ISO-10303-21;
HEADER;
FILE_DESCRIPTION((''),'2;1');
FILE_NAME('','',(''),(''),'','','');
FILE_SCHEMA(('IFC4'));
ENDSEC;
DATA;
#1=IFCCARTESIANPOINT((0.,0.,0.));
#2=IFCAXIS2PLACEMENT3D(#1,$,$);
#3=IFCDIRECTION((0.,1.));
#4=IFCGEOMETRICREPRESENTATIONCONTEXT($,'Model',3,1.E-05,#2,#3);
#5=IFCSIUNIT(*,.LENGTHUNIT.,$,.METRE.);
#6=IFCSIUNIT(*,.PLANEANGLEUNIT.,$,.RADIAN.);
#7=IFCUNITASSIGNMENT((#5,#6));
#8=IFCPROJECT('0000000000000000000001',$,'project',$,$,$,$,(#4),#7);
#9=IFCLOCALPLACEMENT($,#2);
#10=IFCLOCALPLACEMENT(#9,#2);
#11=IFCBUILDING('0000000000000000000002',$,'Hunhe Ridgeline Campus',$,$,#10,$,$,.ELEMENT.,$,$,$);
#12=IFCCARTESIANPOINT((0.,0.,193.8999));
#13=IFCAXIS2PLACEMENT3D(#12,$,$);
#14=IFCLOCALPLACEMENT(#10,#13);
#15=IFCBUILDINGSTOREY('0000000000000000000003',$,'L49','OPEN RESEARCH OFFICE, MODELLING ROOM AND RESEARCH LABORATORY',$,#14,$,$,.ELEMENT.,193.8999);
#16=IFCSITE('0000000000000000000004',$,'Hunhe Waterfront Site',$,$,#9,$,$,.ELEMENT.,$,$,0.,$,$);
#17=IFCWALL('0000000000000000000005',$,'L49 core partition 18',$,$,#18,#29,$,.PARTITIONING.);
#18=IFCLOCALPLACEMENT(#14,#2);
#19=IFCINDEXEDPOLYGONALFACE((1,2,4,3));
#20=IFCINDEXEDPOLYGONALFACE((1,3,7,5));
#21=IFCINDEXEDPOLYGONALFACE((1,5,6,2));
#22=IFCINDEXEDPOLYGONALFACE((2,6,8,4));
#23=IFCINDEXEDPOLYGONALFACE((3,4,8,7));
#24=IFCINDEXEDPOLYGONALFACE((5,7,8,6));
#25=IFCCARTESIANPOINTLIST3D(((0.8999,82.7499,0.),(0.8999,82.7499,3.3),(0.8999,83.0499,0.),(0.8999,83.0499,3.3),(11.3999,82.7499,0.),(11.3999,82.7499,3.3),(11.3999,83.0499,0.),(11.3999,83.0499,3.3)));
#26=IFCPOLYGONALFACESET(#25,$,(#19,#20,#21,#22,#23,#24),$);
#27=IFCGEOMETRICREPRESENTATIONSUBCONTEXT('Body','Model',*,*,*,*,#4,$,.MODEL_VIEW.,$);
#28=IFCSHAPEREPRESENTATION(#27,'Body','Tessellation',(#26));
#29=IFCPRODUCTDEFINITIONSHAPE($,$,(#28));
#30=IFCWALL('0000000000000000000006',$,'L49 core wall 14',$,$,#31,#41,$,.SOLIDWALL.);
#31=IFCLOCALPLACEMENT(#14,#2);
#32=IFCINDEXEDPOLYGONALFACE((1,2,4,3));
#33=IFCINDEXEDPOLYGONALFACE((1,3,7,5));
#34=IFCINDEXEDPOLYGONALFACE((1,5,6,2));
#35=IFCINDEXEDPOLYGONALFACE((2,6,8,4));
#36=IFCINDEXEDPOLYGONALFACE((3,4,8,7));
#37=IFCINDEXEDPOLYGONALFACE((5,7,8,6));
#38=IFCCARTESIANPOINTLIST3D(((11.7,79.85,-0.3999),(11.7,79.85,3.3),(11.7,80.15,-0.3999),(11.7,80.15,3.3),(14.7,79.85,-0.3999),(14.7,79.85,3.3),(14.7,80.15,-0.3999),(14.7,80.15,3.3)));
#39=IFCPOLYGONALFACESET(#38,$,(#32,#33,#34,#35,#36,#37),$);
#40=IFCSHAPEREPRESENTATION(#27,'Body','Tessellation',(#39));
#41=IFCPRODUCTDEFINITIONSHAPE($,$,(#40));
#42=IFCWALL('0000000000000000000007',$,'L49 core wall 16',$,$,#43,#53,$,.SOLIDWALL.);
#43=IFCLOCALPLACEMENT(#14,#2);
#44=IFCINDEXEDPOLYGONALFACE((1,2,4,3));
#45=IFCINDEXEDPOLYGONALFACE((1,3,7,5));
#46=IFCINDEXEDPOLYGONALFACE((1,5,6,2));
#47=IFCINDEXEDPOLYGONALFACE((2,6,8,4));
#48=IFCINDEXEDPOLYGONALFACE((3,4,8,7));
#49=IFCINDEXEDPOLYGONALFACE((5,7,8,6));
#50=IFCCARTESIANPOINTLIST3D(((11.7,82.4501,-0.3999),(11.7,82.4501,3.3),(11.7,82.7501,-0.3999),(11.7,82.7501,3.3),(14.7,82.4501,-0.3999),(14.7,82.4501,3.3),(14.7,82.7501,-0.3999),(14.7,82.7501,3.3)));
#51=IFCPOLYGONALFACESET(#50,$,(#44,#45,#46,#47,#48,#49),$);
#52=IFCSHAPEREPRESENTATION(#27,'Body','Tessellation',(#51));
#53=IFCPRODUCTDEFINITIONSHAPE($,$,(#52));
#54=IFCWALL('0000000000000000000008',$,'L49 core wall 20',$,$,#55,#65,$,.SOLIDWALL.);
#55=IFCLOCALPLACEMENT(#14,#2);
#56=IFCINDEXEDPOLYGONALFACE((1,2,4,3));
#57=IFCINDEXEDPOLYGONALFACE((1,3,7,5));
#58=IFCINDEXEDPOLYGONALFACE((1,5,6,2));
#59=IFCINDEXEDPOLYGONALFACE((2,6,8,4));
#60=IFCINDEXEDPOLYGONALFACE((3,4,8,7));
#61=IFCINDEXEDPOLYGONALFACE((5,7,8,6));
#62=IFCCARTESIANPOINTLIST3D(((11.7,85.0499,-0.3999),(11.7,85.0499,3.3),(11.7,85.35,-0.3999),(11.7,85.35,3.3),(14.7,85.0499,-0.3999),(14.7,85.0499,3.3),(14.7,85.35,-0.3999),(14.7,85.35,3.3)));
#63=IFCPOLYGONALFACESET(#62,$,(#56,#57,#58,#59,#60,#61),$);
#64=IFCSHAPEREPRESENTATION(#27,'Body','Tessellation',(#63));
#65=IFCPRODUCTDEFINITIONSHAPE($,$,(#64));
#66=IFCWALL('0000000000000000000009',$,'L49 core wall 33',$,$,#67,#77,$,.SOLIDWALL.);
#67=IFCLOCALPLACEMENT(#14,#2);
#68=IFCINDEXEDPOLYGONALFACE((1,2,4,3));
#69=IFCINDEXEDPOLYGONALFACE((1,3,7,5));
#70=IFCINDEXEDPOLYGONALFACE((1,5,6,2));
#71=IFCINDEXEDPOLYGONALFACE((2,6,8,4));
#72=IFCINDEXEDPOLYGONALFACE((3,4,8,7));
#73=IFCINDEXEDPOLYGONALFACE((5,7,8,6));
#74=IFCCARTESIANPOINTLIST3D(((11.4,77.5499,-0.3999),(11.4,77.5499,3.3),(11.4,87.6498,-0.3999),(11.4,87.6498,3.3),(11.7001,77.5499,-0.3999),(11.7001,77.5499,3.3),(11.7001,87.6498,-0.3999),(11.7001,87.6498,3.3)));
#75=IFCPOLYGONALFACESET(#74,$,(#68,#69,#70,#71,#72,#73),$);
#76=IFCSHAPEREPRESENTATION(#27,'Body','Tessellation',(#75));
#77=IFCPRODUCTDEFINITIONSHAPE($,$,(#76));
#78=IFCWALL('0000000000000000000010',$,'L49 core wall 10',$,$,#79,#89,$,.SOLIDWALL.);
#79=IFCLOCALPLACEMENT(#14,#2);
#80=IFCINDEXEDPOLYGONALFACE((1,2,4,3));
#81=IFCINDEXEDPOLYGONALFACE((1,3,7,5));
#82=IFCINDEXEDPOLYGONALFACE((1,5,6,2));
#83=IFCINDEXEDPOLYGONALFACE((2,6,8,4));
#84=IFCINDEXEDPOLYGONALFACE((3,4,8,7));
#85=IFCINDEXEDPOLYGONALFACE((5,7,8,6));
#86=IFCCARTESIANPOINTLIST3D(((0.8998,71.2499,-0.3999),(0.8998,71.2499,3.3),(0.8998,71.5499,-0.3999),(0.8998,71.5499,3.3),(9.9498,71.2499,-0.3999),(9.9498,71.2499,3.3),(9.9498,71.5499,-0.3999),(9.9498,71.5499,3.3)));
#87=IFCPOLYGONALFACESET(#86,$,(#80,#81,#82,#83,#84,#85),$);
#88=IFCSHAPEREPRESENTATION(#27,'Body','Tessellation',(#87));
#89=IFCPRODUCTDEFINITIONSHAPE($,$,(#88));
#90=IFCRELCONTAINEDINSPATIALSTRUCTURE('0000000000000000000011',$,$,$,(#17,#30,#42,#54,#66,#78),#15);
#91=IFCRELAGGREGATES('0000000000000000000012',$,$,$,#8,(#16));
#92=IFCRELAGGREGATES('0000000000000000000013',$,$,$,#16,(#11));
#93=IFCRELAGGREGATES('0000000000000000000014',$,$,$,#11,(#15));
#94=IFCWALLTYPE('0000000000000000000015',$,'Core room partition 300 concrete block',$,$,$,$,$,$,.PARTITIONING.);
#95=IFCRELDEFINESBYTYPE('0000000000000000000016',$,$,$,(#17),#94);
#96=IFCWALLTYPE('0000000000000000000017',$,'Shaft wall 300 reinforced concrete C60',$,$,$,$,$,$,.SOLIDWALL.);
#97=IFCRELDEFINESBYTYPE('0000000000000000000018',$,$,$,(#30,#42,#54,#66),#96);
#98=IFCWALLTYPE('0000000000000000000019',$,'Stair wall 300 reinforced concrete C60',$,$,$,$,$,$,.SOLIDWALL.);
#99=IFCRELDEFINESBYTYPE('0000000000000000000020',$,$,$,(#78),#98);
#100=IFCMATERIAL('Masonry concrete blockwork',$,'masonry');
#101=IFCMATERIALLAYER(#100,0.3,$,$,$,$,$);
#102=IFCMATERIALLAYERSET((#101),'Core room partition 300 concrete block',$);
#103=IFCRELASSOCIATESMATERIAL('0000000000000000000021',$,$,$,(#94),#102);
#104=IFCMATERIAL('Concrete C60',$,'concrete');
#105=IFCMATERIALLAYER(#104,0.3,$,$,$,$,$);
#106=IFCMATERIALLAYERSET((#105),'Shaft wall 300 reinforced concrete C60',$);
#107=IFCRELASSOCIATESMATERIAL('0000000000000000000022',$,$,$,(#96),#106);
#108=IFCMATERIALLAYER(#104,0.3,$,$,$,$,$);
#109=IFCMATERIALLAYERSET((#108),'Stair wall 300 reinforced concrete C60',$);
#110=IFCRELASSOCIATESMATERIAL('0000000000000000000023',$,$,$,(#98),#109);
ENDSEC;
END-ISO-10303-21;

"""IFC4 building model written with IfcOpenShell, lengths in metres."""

from ifc_helpers import new_model, si_unit, direction, frame, frame_2d, origin, place, context, subcontext, project, spatial, rectangle, extrude, material, layer, layer_set, type_object, element, save


model = new_model("IFC4")

# Units and contexts
model_context = context("Model", 3, precision=1e-05, world=origin(), true_north=direction((0.0, 1.0)))
body_context = subcontext(model_context, "Body", "Model", "MODEL_VIEW")
ifc_project = project(units=[si_unit("LENGTHUNIT", "METRE"), si_unit("PLANEANGLEUNIT", "RADIAN")], contexts=[model_context])

# Site, building, storey
site_placement = place(None, origin())
site = spatial("IfcSite", under=ifc_project, at=site_placement, Name="Hunhe Waterfront Site", CompositionType="ELEMENT", RefElevation=0.0)
building_placement = place(site_placement, origin())
building = spatial("IfcBuilding", under=site, at=building_placement, Name="Hunhe Ridgeline Campus", CompositionType="ELEMENT")
storey_placement = place(building_placement, frame((0.0, 0.0, 193.8999)))
storey = spatial("IfcBuildingStorey", under=building, at=storey_placement, Name="L49", Description="OPEN RESEARCH OFFICE, MODELLING ROOM AND RESEARCH LABORATORY", CompositionType="ELEMENT", Elevation=193.8999)

# Shared definitions
ifc_material_1 = material(Name="Masonry concrete blockwork", Category="masonry")
ifc_layer_1 = layer(ifc_material_1, 0.3)
ifc_layer_set_1 = layer_set([ifc_layer_1], Name="Core room partition 300 concrete block")
wall_type_1 = type_object("IfcWallType", Name="Core room partition 300 concrete block", PredefinedType="PARTITIONING", material=ifc_layer_set_1)

# Wall
wall_1_placement = place(storey_placement, frame((0.8999, 82.8999, 0.0), z_axis=(0.0, 0.0, 1.0), x_axis=(1.0, 0.0, 0.0)))
element("IfcWall", 1, at=wall_1_placement, inside=storey, type_object=wall_type_1, Name="L49 core partition 18", PredefinedType="PARTITIONING", context=body_context, shape_type="SweptSolid", body=[
    extrude(rectangle(XDim=10.5, YDim=0.3, at=frame_2d((5.25, 0.0))), origin(), (0.0, 0.0, 1.0), 3.3),
])

# Shared definitions
ifc_material_2 = material(Name="Concrete C60", Category="concrete")
ifc_layer_2 = layer(ifc_material_2, 0.3)
ifc_layer_set_2 = layer_set([ifc_layer_2], Name="Shaft wall 300 reinforced concrete C60")
wall_type_2 = type_object("IfcWallType", Name="Shaft wall 300 reinforced concrete C60", PredefinedType="SOLIDWALL", material=ifc_layer_set_2)

# Walls
for number, where, z_axis, x_axis, name in (
    (2, (11.7, 80.0, -0.3999), (0.0, 0.0, 1.0), (1.0, 0.0, 0.0), "L49 core wall 14"),
    (3, (11.7, 82.6001, -0.3999), (0.0, 0.0, 1.0), (1.0, 0.0, 0.0), "L49 core wall 16"),
    (4, (11.7, 85.2, -0.3999), (0.0, 0.0, 1.0), (1.0, 0.0, 0.0), "L49 core wall 20"),
):
    element("IfcWall", number, at=place(storey_placement, frame(where, z_axis=z_axis, x_axis=x_axis)), inside=storey, type_object=wall_type_2, Name=name, PredefinedType="SOLIDWALL", context=body_context, shape_type="SweptSolid", body=[
        extrude(rectangle(XDim=3.0, YDim=0.3, at=frame_2d((1.5, 0.0))), origin(), (0.0, 0.0, 1.0), 3.7),
    ])
wall_2_placement = place(storey_placement, frame((11.55, 77.55, -0.3999), z_axis=(0.0, 0.0, 1.0), x_axis=(0.0, 1.0, 0.0)))
element("IfcWall", 5, at=wall_2_placement, inside=storey, type_object=wall_type_2, Name="L49 core wall 33", PredefinedType="SOLIDWALL", context=body_context, shape_type="SweptSolid", body=[
    extrude(rectangle(XDim=10.0999, YDim=0.3, at=frame_2d((5.0498, 0.0))), origin(), (0.0, 0.0, 1.0), 3.7),
])
ifc_layer_3 = layer(ifc_material_2, 0.3)
ifc_layer_set_3 = layer_set([ifc_layer_3], Name="Stair wall 300 reinforced concrete C60")
wall_type_3 = type_object("IfcWallType", Name="Stair wall 300 reinforced concrete C60", PredefinedType="SOLIDWALL", material=ifc_layer_set_3)
wall_3_placement = place(storey_placement, frame((0.8999, 71.3999, -0.3999), z_axis=(0.0, 0.0, 1.0), x_axis=(1.0, 0.0, 0.0)))
element("IfcWall", 6, at=wall_3_placement, inside=storey, type_object=wall_type_3, Name="L49 core wall 10", PredefinedType="SOLIDWALL", context=body_context, shape_type="SweptSolid", body=[
    extrude(rectangle(XDim=9.05, YDim=0.3, at=frame_2d((4.5249, 0.0))), origin(), (0.0, 0.0, 1.0), 3.7),
])

save(model, "model.ifc")
